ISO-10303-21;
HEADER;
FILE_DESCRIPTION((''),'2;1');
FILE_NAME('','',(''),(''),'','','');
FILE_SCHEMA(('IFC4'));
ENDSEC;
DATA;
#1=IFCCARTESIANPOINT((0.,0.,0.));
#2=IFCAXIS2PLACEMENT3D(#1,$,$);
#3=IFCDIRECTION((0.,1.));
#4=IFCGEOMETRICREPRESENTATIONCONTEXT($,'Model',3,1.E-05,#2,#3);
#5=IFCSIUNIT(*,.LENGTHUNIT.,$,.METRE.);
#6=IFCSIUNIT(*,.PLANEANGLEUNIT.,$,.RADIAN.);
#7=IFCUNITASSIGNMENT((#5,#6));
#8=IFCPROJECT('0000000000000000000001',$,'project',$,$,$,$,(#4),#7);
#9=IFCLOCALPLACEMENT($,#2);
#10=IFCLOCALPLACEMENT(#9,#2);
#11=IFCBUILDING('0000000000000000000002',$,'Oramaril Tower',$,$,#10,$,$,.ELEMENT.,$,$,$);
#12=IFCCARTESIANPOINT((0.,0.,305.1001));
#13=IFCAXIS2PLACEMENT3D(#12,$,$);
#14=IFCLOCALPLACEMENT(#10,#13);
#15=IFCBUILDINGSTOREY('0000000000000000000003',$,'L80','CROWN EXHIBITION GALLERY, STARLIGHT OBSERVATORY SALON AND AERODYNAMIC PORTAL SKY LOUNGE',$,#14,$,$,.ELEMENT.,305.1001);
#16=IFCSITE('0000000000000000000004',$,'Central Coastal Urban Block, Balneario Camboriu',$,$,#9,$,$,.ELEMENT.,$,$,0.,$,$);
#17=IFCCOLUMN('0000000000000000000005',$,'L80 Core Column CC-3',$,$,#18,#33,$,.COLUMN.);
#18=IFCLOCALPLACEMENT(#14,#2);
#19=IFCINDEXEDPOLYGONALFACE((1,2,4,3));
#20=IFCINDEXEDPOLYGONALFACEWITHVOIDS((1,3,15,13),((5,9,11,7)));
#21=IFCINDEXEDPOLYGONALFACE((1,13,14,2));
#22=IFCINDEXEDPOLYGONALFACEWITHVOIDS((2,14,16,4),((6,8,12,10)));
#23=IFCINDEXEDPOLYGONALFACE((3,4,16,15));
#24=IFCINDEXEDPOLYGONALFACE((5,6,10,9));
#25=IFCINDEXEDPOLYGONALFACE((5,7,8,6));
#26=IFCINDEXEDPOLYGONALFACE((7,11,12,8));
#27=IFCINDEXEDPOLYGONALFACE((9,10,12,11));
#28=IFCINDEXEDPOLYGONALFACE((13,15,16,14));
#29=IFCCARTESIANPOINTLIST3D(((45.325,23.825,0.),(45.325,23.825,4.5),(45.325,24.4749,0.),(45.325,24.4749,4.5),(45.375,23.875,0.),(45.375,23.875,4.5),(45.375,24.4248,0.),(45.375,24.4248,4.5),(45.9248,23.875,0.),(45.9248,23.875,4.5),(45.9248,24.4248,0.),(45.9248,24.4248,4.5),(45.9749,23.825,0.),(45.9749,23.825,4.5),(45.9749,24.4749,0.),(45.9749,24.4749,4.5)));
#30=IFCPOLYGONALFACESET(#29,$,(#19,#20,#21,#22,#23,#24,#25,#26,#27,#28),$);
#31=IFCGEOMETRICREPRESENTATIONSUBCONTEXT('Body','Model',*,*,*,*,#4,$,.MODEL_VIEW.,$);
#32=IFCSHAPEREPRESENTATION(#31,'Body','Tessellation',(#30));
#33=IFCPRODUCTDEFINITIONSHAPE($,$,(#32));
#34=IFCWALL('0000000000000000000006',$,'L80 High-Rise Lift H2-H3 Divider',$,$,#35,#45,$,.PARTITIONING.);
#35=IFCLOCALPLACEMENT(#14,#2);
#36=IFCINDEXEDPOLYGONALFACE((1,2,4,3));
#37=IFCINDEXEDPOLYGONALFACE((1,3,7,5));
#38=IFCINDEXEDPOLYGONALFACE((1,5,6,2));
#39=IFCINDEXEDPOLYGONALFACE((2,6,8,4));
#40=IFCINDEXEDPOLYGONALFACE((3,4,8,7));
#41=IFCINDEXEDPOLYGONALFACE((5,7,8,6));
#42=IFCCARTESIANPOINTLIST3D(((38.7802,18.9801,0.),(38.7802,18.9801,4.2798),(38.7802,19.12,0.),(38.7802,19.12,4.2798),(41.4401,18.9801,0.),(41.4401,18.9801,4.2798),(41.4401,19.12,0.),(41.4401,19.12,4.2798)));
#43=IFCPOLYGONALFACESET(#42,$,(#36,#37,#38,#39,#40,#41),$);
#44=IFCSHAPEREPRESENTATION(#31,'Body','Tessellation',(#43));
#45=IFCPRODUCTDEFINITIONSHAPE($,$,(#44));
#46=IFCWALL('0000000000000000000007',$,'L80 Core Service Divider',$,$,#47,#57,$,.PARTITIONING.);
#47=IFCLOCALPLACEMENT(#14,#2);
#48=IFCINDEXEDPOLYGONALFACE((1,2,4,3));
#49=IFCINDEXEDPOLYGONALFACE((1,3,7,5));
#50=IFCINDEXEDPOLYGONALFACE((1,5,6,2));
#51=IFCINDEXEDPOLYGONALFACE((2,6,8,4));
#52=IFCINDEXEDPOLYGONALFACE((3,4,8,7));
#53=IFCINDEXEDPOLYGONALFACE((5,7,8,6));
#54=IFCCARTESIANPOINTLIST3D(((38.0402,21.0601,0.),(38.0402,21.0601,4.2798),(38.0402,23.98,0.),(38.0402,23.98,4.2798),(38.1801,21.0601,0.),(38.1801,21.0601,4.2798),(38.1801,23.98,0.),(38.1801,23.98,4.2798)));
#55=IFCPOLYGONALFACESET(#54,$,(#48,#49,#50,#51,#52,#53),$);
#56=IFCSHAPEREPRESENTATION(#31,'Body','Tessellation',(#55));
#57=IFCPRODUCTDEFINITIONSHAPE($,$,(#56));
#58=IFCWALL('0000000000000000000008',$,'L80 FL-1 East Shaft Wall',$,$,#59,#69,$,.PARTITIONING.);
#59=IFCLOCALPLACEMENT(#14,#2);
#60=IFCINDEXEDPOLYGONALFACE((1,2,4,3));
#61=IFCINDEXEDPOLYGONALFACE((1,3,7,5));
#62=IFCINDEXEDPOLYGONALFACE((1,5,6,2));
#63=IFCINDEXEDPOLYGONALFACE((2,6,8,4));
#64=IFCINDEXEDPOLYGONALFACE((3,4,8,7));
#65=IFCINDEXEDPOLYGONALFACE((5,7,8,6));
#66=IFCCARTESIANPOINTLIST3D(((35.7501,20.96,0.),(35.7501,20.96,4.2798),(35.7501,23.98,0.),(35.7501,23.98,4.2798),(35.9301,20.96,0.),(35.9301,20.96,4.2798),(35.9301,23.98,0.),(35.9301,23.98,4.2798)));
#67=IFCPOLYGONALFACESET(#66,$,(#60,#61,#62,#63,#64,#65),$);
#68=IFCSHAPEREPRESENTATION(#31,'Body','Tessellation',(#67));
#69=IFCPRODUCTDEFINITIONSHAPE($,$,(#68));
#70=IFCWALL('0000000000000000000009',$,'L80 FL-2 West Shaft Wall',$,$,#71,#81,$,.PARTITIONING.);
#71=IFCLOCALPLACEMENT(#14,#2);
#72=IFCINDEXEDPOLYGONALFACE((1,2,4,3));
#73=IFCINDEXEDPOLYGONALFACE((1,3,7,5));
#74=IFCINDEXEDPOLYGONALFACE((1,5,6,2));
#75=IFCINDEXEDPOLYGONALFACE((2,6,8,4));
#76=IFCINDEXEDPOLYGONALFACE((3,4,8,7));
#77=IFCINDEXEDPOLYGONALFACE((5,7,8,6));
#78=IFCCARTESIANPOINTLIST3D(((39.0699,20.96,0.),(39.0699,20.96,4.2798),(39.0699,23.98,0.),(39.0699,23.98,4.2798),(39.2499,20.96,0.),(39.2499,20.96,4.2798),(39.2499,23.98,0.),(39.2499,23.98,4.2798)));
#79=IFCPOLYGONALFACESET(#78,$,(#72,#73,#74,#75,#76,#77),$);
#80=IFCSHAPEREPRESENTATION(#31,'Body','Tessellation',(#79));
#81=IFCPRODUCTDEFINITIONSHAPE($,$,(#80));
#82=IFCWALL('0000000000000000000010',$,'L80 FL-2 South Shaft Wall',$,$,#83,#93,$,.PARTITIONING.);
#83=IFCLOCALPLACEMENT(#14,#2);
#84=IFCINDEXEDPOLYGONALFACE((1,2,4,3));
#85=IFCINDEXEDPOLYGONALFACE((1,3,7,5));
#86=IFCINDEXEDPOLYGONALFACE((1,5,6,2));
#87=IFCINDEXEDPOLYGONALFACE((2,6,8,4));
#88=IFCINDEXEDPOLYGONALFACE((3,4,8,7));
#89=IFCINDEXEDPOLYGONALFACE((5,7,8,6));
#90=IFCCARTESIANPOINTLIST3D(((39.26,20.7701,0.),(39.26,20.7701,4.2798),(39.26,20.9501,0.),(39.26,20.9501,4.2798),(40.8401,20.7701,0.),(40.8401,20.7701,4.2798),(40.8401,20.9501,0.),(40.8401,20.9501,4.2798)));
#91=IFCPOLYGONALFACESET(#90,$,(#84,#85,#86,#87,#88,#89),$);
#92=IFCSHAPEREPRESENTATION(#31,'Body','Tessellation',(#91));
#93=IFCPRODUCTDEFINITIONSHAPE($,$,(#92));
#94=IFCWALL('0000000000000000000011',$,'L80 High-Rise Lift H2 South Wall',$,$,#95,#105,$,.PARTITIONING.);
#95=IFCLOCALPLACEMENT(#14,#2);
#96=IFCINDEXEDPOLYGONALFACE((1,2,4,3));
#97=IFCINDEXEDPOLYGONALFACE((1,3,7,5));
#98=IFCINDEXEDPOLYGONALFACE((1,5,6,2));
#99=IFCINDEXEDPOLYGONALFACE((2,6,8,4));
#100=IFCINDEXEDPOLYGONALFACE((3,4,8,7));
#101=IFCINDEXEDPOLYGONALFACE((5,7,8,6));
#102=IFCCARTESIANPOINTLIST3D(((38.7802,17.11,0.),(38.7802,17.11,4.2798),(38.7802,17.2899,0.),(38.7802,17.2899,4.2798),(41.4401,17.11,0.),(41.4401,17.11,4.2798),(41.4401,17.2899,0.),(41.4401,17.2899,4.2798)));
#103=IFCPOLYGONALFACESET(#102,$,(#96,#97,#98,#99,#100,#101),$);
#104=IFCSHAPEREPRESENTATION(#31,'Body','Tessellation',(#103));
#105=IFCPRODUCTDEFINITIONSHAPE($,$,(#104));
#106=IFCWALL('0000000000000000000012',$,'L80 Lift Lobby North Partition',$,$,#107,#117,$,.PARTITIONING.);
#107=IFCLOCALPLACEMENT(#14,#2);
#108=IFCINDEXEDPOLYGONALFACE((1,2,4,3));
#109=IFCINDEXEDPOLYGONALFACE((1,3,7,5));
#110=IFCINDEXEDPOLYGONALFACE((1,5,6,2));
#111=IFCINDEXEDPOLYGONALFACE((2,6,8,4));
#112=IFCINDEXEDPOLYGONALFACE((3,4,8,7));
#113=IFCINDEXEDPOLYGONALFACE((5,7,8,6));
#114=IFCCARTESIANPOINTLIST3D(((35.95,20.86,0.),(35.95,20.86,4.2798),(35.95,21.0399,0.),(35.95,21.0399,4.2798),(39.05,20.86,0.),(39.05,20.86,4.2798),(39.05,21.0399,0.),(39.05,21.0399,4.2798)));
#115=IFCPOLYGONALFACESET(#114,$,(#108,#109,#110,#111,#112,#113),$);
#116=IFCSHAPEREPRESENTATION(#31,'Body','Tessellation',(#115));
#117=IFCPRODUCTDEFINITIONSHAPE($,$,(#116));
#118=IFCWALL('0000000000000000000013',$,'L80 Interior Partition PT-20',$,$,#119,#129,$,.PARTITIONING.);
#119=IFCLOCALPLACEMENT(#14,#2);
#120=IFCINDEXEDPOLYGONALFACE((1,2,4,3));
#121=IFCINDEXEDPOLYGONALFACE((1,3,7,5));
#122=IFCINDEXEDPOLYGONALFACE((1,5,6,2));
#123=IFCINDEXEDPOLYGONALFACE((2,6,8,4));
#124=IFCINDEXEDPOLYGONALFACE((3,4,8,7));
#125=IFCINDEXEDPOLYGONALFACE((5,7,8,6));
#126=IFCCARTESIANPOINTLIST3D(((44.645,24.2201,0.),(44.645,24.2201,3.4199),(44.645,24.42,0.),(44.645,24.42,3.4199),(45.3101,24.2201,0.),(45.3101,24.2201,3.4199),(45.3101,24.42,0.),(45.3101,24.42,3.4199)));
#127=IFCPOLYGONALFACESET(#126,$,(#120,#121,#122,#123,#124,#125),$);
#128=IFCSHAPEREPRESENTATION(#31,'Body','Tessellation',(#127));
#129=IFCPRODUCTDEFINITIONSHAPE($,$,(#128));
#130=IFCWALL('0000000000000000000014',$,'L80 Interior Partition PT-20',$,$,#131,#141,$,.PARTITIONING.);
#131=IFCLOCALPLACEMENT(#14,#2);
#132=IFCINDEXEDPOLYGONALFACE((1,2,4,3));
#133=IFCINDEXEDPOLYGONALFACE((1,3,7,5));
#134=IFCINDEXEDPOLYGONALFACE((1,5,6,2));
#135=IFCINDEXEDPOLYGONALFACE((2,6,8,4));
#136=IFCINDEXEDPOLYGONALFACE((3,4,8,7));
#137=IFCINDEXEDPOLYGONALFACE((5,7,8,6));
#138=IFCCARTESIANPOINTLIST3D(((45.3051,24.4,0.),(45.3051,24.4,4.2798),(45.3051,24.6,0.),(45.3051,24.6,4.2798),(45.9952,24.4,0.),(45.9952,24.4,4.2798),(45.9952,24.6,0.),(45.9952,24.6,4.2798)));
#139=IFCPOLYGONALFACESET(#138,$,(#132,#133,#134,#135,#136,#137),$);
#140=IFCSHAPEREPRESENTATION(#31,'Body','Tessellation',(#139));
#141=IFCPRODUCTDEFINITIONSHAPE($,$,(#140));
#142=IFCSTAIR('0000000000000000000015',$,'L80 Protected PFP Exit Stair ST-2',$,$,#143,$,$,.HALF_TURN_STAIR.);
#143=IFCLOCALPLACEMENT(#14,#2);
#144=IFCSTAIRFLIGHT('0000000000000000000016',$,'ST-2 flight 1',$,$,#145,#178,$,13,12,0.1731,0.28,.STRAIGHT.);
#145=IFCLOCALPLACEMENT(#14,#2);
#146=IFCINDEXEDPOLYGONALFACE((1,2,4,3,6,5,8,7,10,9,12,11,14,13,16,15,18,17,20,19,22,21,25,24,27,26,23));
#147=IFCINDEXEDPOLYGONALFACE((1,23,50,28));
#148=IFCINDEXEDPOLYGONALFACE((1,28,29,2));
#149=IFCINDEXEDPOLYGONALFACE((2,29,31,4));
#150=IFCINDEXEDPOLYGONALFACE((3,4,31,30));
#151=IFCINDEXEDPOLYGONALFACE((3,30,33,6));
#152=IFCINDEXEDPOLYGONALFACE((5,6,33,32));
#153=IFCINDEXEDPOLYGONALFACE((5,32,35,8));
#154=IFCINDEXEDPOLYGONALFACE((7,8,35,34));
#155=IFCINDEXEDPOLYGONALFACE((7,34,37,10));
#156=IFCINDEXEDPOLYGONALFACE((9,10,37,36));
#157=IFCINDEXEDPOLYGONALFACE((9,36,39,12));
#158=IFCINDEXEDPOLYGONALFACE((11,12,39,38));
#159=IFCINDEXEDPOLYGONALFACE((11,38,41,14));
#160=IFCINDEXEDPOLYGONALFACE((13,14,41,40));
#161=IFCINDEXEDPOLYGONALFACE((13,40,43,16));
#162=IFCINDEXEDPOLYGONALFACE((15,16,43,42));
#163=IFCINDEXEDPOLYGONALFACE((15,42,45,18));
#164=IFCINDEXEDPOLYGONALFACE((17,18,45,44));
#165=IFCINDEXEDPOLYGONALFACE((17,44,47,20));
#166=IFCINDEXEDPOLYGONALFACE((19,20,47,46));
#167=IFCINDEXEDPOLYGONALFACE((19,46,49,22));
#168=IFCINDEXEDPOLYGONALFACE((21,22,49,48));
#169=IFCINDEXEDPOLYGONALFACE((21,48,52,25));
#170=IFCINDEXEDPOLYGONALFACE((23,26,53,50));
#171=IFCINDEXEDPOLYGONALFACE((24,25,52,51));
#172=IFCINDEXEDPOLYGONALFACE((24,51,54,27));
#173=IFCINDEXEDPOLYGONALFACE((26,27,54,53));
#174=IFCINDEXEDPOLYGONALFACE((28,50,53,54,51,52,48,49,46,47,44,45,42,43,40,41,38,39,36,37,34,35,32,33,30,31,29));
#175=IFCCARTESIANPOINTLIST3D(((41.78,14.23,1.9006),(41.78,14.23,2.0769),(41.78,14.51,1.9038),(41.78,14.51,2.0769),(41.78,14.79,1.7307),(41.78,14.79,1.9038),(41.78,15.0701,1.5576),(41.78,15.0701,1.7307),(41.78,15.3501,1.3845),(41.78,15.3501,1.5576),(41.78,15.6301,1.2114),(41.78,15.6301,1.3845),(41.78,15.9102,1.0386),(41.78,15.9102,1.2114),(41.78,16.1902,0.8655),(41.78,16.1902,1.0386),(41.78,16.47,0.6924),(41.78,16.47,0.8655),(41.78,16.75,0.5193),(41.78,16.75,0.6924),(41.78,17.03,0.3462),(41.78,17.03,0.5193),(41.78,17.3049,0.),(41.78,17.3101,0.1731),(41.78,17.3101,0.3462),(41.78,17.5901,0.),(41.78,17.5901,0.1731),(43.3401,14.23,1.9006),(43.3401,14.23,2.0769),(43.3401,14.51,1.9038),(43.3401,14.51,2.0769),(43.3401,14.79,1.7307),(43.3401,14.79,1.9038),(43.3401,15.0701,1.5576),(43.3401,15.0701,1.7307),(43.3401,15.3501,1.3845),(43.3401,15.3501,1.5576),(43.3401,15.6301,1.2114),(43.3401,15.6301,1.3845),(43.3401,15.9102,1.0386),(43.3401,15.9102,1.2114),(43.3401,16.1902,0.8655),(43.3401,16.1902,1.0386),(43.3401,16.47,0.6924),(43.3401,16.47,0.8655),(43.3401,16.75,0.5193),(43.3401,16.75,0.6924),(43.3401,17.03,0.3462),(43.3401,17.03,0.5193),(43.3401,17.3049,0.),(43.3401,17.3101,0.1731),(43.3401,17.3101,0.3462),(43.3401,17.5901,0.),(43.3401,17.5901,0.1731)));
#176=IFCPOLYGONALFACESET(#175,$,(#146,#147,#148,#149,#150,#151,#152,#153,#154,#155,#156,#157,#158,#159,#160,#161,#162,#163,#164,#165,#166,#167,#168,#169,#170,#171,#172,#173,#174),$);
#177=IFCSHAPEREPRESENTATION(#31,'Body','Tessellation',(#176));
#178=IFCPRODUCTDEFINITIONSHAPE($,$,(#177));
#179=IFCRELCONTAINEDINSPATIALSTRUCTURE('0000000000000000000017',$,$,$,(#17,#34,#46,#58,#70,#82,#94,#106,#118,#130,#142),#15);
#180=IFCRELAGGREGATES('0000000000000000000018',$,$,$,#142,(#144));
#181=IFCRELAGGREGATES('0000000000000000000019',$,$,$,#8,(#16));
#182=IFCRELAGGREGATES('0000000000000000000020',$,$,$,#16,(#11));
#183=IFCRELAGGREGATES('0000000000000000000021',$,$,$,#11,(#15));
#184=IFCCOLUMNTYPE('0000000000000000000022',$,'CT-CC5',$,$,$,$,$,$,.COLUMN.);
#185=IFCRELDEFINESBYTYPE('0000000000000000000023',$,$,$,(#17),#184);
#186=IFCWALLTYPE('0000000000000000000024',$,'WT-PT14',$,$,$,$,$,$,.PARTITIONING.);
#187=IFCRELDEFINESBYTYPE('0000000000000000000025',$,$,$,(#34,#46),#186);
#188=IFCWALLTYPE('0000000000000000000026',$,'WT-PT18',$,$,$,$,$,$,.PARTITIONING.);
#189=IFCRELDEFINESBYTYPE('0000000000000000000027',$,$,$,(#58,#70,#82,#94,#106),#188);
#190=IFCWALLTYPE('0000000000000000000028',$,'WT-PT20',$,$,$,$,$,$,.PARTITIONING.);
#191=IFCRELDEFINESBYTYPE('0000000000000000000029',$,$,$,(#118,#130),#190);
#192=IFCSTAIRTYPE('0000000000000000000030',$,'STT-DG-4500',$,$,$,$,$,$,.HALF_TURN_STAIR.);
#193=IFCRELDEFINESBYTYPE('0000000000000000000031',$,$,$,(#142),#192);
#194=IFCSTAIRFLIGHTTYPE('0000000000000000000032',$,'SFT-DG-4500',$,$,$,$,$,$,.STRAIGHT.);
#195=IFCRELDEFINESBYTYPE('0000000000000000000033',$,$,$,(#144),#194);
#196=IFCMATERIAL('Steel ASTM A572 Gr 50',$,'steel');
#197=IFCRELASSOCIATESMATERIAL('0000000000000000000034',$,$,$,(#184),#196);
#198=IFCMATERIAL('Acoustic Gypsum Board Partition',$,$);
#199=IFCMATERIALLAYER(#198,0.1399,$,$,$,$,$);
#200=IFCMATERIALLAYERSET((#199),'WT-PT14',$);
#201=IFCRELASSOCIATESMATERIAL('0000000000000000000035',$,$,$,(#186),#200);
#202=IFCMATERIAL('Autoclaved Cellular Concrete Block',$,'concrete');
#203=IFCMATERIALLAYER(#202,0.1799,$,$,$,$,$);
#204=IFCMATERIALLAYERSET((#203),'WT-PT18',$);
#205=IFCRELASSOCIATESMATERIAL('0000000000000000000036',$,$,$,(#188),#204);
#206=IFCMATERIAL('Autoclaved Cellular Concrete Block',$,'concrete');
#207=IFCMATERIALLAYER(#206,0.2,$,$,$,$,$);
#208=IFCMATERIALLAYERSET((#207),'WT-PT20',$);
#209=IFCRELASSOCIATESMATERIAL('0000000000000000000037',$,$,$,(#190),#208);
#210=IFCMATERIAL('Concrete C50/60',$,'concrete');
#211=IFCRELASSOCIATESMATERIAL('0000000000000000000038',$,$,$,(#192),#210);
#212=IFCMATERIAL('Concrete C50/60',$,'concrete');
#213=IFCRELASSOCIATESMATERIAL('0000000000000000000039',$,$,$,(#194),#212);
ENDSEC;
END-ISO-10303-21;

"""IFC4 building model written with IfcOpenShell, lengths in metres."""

from ifc_helpers import new_model, si_unit, direction, frame, frame_2d, origin, origin_2d, place, context, subcontext, project, spatial, polyline, rectangle, hollow_rectangle, outline, extrude, material, layer, layer_set, material_profile, profile_set, type_object, element, aggregate, save


model = new_model("IFC4")

# Units and contexts
model_context = context("Model", 3, precision=1e-05, world=origin(), true_north=direction((0.0, 1.0)))
body_context = subcontext(model_context, "Body", "Model", "MODEL_VIEW")
ifc_project = project(units=[si_unit("LENGTHUNIT", "METRE"), si_unit("PLANEANGLEUNIT", "RADIAN")], contexts=[model_context])

# Site, building, storey
site_placement = place(None, origin())
site = spatial("IfcSite", under=ifc_project, at=site_placement, Name="Central Coastal Urban Block, Balneario Camboriu", CompositionType="ELEMENT", RefElevation=0.0)
building_placement = place(site_placement, origin())
building = spatial("IfcBuilding", under=site, at=building_placement, Name="Oramaril Tower", CompositionType="ELEMENT")
storey_placement = place(building_placement, frame((0.0, 0.0, 305.1001)))
storey = spatial("IfcBuildingStorey", under=building, at=storey_placement, Name="L80", Description="CROWN EXHIBITION GALLERY, STARLIGHT OBSERVATORY SALON AND AERODYNAMIC PORTAL SKY LOUNGE", CompositionType="ELEMENT", Elevation=305.1001)

# Column
ifc_material_1 = material(Name="Steel ASTM A572 Gr 50", Category="steel")
ifc_material_profile = material_profile(ifc_material_1, hollow_rectangle(XDim=0.6499, YDim=0.6499, WallThickness=0.05, at=origin_2d()), Name="BOX650X650X50")
ifc_profile_set = profile_set([ifc_material_profile], Name="Steel ASTM A572 Gr 50")
column_type = type_object("IfcColumnType", Name="CT-CC5", PredefinedType="COLUMN", material=ifc_profile_set)
column_placement = place(storey_placement, frame((45.6499, 24.1499, 0.0), z_axis=(0.0, 0.0, 1.0), x_axis=(1.0, 0.0, 0.0)))
element("IfcColumn", 1, at=column_placement, inside=storey, type_object=column_type, Name="L80 Core Column CC-3", PredefinedType="COLUMN", context=body_context, shape_type="SweptSolid", body=[
    extrude(hollow_rectangle(XDim=0.6499, YDim=0.6499, WallThickness=0.05, at=origin_2d()), origin(), (0.0, 0.0, 1.0), 4.5),
])

# Walls
ifc_material_2 = material(Name="Acoustic Gypsum Board Partition")
ifc_layer_1 = layer(ifc_material_2, 0.1399)
ifc_layer_set_1 = layer_set([ifc_layer_1], Name="WT-PT14")
wall_type_1 = type_object("IfcWallType", Name="WT-PT14", PredefinedType="PARTITIONING", material=ifc_layer_set_1)
wall_1_placement = place(storey_placement, frame((38.78, 19.05, 0.0), z_axis=(0.0, 0.0, 1.0), x_axis=(1.0, 0.0, 0.0)))
element("IfcWall", 2, at=wall_1_placement, inside=storey, type_object=wall_type_1, Name="L80 High-Rise Lift H2-H3 Divider", PredefinedType="PARTITIONING", context=body_context, shape_type="SweptSolid", body=[
    extrude(rectangle(XDim=2.6599, YDim=0.1399, at=frame_2d((1.3301, 0.0))), origin(), (0.0, 0.0, 1.0), 4.2798),
])
wall_2_placement = place(storey_placement, frame((38.1101, 21.0601, 0.0), z_axis=(0.0, 0.0, 1.0), x_axis=(0.0, 1.0, 0.0)))
element("IfcWall", 3, at=wall_2_placement, inside=storey, type_object=wall_type_1, Name="L80 Core Service Divider", PredefinedType="PARTITIONING", context=body_context, shape_type="SweptSolid", body=[
    extrude(rectangle(XDim=2.9199, YDim=0.1399, at=frame_2d((1.46, 0.0))), origin(), (0.0, 0.0, 1.0), 4.2798),
])
ifc_material_3 = material(Name="Autoclaved Cellular Concrete Block", Category="concrete")
ifc_layer_2 = layer(ifc_material_3, 0.1799)
ifc_layer_set_2 = layer_set([ifc_layer_2], Name="WT-PT18")
wall_type_2 = type_object("IfcWallType", Name="WT-PT18", PredefinedType="PARTITIONING", material=ifc_layer_set_2)
for number, where, z_axis, x_axis, name in (
    (4, (35.8401, 20.96, 0.0), (0.0, 0.0, 1.0), (0.0, 1.0, 0.0), "L80 FL-1 East Shaft Wall"),
    (5, (39.1599, 20.96, 0.0), (0.0, 0.0, 1.0), (0.0, 1.0, 0.0), "L80 FL-2 West Shaft Wall"),
):
    element("IfcWall", number, at=place(storey_placement, frame(where, z_axis=z_axis, x_axis=x_axis)), inside=storey, type_object=wall_type_2, Name=name, PredefinedType="PARTITIONING", context=body_context, shape_type="SweptSolid", body=[
        extrude(rectangle(XDim=3.02, YDim=0.1799, at=frame_2d((1.51, 0.0))), origin(), (0.0, 0.0, 1.0), 4.2798),
    ])
wall_3_placement = place(storey_placement, frame((39.26, 20.8601, 0.0), z_axis=(0.0, 0.0, 1.0), x_axis=(1.0, 0.0, 0.0)))
element("IfcWall", 6, at=wall_3_placement, inside=storey, type_object=wall_type_2, Name="L80 FL-2 South Shaft Wall", PredefinedType="PARTITIONING", context=body_context, shape_type="SweptSolid", body=[
    extrude(rectangle(XDim=1.5801, YDim=0.1799, at=frame_2d((0.79, 0.0))), origin(), (0.0, 0.0, 1.0), 4.2798),
])
wall_4_placement = place(storey_placement, frame((38.78, 17.2, 0.0), z_axis=(0.0, 0.0, 1.0), x_axis=(1.0, 0.0, 0.0)))
element("IfcWall", 7, at=wall_4_placement, inside=storey, type_object=wall_type_2, Name="L80 High-Rise Lift H2 South Wall", PredefinedType="PARTITIONING", context=body_context, shape_type="SweptSolid", body=[
    extrude(rectangle(XDim=2.6599, YDim=0.1799, at=frame_2d((1.3301, 0.0))), origin(), (0.0, 0.0, 1.0), 4.2798),
])
wall_5_placement = place(storey_placement, frame((35.95, 20.95, 0.0), z_axis=(0.0, 0.0, 1.0), x_axis=(1.0, 0.0, 0.0)))
element("IfcWall", 8, at=wall_5_placement, inside=storey, type_object=wall_type_2, Name="L80 Lift Lobby North Partition", PredefinedType="PARTITIONING", context=body_context, shape_type="SweptSolid", body=[
    extrude(rectangle(XDim=3.1001, YDim=0.1799, at=frame_2d((1.55, 0.0))), origin(), (0.0, 0.0, 1.0), 4.2798),
])
ifc_material_4 = material(Name="Autoclaved Cellular Concrete Block", Category="concrete")
ifc_layer_3 = layer(ifc_material_4, 0.2)
ifc_layer_set_3 = layer_set([ifc_layer_3], Name="WT-PT20")
wall_type_3 = type_object("IfcWallType", Name="WT-PT20", PredefinedType="PARTITIONING", material=ifc_layer_set_3)
wall_6_placement = place(storey_placement, frame((44.645, 24.3201, 0.0), z_axis=(0.0, 0.0, 1.0), x_axis=(1.0, 0.0, 0.0)))
element("IfcWall", 9, at=wall_6_placement, inside=storey, type_object=wall_type_3, Name="L80 Interior Partition PT-20", PredefinedType="PARTITIONING", context=body_context, shape_type="SweptSolid", body=[
    extrude(rectangle(XDim=0.665, YDim=0.2, at=frame_2d((0.3325, 0.0))), origin(), (0.0, 0.0, 1.0), 3.4199),
])
wall_7_placement = place(storey_placement, frame((45.3049, 24.5, 0.0), z_axis=(0.0, 0.0, 1.0), x_axis=(1.0, 0.0, 0.0)))
element("IfcWall", 10, at=wall_7_placement, inside=storey, type_object=wall_type_3, Name="L80 Interior Partition PT-20", PredefinedType="PARTITIONING", context=body_context, shape_type="SweptSolid", body=[
    extrude(rectangle(XDim=0.6902, YDim=0.2, at=frame_2d((0.3452, 0.0))), origin(), (0.0, 0.0, 1.0), 4.2798),
])

# Stair, stair flight
ifc_material_5 = material(Name="Concrete C50/60", Category="concrete")
stair_type = type_object("IfcStairType", Name="STT-DG-4500", PredefinedType="HALF_TURN_STAIR", material=ifc_material_5)
stair_placement = place(storey_placement, origin())
stair = element("IfcStair", 11, at=stair_placement, inside=storey, type_object=stair_type, Name="L80 Protected PFP Exit Stair ST-2", PredefinedType="HALF_TURN_STAIR")
ifc_material_6 = material(Name="Concrete C50/60", Category="concrete")
stair_flight_type = type_object("IfcStairFlightType", Name="SFT-DG-4500", PredefinedType="STRAIGHT", material=ifc_material_6)
stair_flight_placement = place(storey_placement, frame((42.5601, 17.5901, 0.0), z_axis=(0.0, 0.0, 1.0), x_axis=(0.0, -1.0, 0.0)))
stair_flight = element("IfcStairFlight", 12, at=stair_flight_placement, type_object=stair_flight_type, Name="ST-2 flight 1", NumberOfRisers=13, NumberOfTreads=12, PredefinedType="STRAIGHT", RiserHeight=0.1731, TreadLength=0.28, context=body_context, shape_type="SweptSolid", body=[
    extrude(outline(polyline([(0.0, 0.0), (0.0, 0.1731), (0.28, 0.1731), (0.28, 0.3462), (0.5601, 0.3462), (0.5601, 0.5193), (0.8401, 0.5193), (0.8401, 0.6924), (1.1201, 0.6924), (1.1201, 0.8655), (1.3999, 0.8655), (1.3999, 1.0386), (1.6799, 1.0386), (1.6799, 1.2114), (1.96, 1.2114), (1.96, 1.3845), (2.24, 1.3845), (2.24, 1.5576), (2.52, 1.5576), (2.52, 1.7307), (2.8, 1.7307), (2.8, 1.9038), (3.0801, 1.9038), (3.0801, 2.0769), (3.3601, 2.0769), (3.3601, 2.25), (3.3601, 1.9006), (0.2852, 0.0), (0.0, 0.0)])), frame((0.0, 0.78, 0.0), z_axis=(0.0, -1.0, 0.0), x_axis=(1.0, 0.0, 0.0)), (0.0, 0.0, 1.0), 1.5601),
])
aggregate(stair, [stair_flight])

save(model, "model.ifc")
